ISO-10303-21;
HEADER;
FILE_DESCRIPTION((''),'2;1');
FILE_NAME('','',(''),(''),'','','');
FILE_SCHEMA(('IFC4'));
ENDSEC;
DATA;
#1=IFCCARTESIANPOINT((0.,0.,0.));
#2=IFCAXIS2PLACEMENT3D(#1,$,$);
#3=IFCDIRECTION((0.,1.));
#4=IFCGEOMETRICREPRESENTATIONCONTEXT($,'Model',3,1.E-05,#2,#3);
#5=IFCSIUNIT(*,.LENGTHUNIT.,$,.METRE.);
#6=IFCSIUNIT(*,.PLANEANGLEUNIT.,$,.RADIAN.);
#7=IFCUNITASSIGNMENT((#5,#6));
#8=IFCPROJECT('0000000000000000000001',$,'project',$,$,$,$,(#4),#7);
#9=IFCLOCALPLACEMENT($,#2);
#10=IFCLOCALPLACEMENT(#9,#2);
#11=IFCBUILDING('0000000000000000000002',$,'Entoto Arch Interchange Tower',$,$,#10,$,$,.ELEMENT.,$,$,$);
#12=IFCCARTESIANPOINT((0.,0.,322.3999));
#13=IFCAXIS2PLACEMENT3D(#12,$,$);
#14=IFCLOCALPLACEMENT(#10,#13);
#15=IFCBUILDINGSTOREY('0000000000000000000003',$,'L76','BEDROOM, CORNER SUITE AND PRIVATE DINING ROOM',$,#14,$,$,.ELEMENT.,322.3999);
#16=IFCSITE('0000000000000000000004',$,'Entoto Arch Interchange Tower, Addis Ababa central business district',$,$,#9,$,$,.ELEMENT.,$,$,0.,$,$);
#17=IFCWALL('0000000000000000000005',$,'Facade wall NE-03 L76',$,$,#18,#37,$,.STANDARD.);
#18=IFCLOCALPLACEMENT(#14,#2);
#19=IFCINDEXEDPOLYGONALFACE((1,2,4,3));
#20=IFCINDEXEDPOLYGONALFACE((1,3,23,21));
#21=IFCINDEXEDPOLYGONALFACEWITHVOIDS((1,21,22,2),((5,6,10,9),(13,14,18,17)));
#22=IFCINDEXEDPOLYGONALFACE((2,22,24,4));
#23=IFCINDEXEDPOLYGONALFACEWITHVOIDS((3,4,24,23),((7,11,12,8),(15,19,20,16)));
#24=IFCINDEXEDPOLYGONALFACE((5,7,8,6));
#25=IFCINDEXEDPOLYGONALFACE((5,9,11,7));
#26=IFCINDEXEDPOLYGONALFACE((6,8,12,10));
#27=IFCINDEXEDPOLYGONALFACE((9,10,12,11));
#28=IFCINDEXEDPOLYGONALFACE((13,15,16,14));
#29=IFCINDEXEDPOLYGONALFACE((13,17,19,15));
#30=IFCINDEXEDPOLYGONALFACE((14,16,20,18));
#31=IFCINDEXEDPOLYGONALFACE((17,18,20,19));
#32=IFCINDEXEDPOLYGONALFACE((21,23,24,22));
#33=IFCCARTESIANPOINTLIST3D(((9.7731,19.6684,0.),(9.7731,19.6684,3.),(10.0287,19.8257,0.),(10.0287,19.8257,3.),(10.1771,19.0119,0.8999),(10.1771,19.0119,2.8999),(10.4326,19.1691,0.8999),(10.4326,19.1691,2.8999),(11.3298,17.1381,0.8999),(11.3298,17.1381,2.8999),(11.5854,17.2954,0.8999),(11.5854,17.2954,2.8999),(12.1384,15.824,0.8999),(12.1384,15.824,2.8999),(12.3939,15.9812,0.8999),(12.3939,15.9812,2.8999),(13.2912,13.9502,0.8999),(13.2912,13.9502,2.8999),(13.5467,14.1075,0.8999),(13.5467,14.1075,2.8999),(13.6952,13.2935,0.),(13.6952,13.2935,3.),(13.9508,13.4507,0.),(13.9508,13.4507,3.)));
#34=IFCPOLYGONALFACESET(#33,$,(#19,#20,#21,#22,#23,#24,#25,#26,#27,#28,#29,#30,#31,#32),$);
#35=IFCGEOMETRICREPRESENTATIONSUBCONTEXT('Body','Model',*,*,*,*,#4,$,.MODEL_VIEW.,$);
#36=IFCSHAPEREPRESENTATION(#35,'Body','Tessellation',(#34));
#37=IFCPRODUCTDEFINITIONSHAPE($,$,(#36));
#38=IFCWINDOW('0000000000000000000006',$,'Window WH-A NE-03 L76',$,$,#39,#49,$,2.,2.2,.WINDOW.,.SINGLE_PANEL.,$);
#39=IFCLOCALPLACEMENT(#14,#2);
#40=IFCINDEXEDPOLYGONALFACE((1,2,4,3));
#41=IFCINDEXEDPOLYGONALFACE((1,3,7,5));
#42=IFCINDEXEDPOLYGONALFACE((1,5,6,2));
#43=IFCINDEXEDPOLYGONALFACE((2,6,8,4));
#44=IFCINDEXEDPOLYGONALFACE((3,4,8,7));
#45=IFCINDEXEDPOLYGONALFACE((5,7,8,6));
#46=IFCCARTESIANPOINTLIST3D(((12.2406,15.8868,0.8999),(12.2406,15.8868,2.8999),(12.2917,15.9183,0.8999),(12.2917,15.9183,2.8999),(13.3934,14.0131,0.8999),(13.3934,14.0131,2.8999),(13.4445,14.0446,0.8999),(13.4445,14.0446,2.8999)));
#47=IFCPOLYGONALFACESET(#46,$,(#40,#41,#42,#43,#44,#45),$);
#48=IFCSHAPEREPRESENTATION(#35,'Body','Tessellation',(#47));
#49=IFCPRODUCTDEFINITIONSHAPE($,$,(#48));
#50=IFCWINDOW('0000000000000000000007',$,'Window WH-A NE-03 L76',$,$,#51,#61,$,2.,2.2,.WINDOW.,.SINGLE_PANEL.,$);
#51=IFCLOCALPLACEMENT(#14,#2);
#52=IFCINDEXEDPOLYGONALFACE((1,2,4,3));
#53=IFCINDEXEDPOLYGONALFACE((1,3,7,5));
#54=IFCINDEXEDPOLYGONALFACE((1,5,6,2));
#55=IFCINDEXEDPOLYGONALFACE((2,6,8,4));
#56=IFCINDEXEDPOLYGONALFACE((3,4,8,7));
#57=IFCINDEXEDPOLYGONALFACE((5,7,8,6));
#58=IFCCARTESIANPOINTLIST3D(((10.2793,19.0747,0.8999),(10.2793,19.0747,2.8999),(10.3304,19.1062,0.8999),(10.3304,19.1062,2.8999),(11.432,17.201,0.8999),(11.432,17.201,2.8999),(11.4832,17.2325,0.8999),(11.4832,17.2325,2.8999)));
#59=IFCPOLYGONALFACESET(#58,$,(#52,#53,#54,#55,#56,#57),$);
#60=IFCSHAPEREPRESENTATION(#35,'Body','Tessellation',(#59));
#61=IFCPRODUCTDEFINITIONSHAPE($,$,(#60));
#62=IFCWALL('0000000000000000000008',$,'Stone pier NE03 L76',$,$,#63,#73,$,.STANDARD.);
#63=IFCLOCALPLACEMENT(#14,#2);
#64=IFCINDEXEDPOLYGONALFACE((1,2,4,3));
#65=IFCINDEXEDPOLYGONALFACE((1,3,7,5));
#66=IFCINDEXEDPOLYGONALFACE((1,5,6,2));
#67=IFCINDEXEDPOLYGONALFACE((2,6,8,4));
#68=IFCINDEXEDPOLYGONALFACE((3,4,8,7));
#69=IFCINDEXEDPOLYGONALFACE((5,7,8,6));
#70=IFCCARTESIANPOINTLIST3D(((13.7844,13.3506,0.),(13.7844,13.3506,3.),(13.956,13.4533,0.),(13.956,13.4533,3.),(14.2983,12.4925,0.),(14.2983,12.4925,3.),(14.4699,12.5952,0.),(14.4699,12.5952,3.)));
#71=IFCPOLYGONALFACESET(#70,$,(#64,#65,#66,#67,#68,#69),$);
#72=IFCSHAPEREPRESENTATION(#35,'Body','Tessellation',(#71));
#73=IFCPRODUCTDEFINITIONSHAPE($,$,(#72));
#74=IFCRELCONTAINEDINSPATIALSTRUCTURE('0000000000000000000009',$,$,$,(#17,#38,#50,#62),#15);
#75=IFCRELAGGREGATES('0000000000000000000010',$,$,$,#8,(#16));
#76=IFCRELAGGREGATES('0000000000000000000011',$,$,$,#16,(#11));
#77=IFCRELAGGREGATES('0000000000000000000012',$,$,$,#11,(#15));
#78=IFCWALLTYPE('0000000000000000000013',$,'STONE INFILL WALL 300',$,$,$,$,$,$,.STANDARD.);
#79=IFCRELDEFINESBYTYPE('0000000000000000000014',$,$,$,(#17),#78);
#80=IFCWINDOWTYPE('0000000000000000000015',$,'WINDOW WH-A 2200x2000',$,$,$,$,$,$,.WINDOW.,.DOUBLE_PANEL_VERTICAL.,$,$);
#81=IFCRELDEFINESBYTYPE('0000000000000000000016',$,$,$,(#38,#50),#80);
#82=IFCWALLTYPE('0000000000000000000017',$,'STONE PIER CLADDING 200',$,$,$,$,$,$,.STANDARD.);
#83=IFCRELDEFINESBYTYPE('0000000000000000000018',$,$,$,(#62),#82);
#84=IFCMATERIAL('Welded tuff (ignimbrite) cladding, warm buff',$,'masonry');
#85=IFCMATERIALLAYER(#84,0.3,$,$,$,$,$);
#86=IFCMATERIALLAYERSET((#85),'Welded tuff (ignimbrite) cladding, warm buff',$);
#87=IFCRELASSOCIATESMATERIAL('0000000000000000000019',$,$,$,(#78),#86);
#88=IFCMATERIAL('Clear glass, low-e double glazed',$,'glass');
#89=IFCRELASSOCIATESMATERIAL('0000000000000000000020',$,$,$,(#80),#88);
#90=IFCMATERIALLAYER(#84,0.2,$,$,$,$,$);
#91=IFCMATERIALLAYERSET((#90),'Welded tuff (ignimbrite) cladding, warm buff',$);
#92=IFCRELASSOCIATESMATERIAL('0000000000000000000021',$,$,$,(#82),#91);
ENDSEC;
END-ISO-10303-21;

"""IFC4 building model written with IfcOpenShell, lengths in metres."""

from ifc_helpers import new_model, si_unit, direction, frame, frame_2d, origin, place, context, subcontext, project, spatial, rectangle, extrude, material, layer, layer_set, type_object, element, fill, save


model = new_model("IFC4")

# Units and contexts
model_context = context("Model", 3, precision=1e-05, world=origin(), true_north=direction((0.0, 1.0)))
body_context = subcontext(model_context, "Body", "Model", "MODEL_VIEW")
ifc_project = project(units=[si_unit("LENGTHUNIT", "METRE"), si_unit("PLANEANGLEUNIT", "RADIAN")], contexts=[model_context])

# Site, building, storey
site_placement = place(None, origin())
site = spatial("IfcSite", under=ifc_project, at=site_placement, Name="Entoto Arch Interchange Tower, Addis Ababa central business district", CompositionType="ELEMENT", RefElevation=0.0)
building_placement = place(site_placement, origin())
building = spatial("IfcBuilding", under=site, at=building_placement, Name="Entoto Arch Interchange Tower", CompositionType="ELEMENT")
storey_placement = place(building_placement, frame((0.0, 0.0, 322.3999)))
storey = spatial("IfcBuildingStorey", under=building, at=storey_placement, Name="L76", Description="BEDROOM, CORNER SUITE AND PRIVATE DINING ROOM", CompositionType="ELEMENT", Elevation=322.3999)

# Wall, openings, windows
ifc_material_1 = material(Name="Welded tuff (ignimbrite) cladding, warm buff", Category="masonry")
ifc_layer_1 = layer(ifc_material_1, 0.3)
ifc_layer_set_1 = layer_set([ifc_layer_1], Name="Welded tuff (ignimbrite) cladding, warm buff")
wall_type_1 = type_object("IfcWallType", Name="STONE INFILL WALL 300", PredefinedType="STANDARD", material=ifc_layer_set_1)
wall_1_placement = place(storey_placement, frame((13.823, 13.3721, 0.0), z_axis=(0.0, 0.0, 1.0), x_axis=(-0.524005, 0.851715, 0.0)))
wall_1 = element("IfcWall", 1, at=wall_1_placement, inside=storey, type_object=wall_type_1, Name="Facade wall NE-03 L76", PredefinedType="STANDARD", context=body_context, shape_type="SweptSolid", body=[
    extrude(rectangle(XDim=7.4849, YDim=0.3, at=frame_2d((3.7424, 0.0))), origin(), (0.0, 0.0, 1.0), 3.0),
])
opening_1_placement = place(wall_1_placement, frame((0.771, 0.0, 0.8999)))
opening_1 = element("IfcOpeningElement", 2, at=opening_1_placement, cuts=wall_1, PredefinedType="OPENING", context=body_context, shape_type="SweptSolid", body=[
    extrude(rectangle(XDim=2.2, YDim=2.0, at=frame_2d((1.1001, 1.0))), frame((0.0, 0.1602, 0.0), z_axis=(0.0, -1.0, 0.0), x_axis=(1.0, 0.0, 0.0)), (0.0, 0.0, 1.0), 0.3201),
])
opening_2_placement = place(wall_1_placement, frame((4.5139, 0.0, 0.8999)))
opening_2 = element("IfcOpeningElement", 3, at=opening_2_placement, cuts=wall_1, PredefinedType="OPENING", context=body_context, shape_type="SweptSolid", body=[
    extrude(rectangle(XDim=2.2, YDim=2.0, at=frame_2d((1.1001, 1.0))), frame((0.0, 0.1602, 0.0), z_axis=(0.0, -1.0, 0.0), x_axis=(1.0, 0.0, 0.0)), (0.0, 0.0, 1.0), 0.3201),
])
ifc_material_2 = material(Name="Clear glass, low-e double glazed", Category="glass")
window_type = type_object("IfcWindowType", Name="WINDOW WH-A 2200x2000", PartitioningType="DOUBLE_PANEL_VERTICAL", PredefinedType="WINDOW", material=ifc_material_2)
window_1_placement = place(opening_1_placement, origin())
window_1 = element("IfcWindow", 4, at=window_1_placement, inside=storey, type_object=window_type, Name="Window WH-A NE-03 L76", OverallHeight=2.0, OverallWidth=2.2, PartitioningType="SINGLE_PANEL", PredefinedType="WINDOW", context=body_context, shape_type="SweptSolid", body=[
    extrude(rectangle(XDim=2.2, YDim=2.0, at=frame_2d((1.1001, 1.0))), frame((0.0, 0.03, 0.0), z_axis=(0.0, -1.0, 0.0), x_axis=(1.0, 0.0, 0.0)), (0.0, 0.0, 1.0), 0.0601),
])
fill(opening_1, window_1)
window_2_placement = place(opening_2_placement, origin())
window_2 = element("IfcWindow", 5, at=window_2_placement, inside=storey, type_object=window_type, Name="Window WH-A NE-03 L76", OverallHeight=2.0, OverallWidth=2.2, PartitioningType="SINGLE_PANEL", PredefinedType="WINDOW", context=body_context, shape_type="SweptSolid", body=[
    extrude(rectangle(XDim=2.2, YDim=2.0, at=frame_2d((1.1001, 1.0))), frame((0.0, 0.03, 0.0), z_axis=(0.0, -1.0, 0.0), x_axis=(1.0, 0.0, 0.0)), (0.0, 0.0, 1.0), 0.0601),
])
fill(opening_2, window_2)

# Wall
ifc_layer_2 = layer(ifc_material_1, 0.2)
ifc_layer_set_2 = layer_set([ifc_layer_2], Name="Welded tuff (ignimbrite) cladding, warm buff")
wall_type_2 = type_object("IfcWallType", Name="STONE PIER CLADDING 200", PredefinedType="STANDARD", material=ifc_layer_set_2)
wall_2_placement = place(storey_placement, frame((14.384, 12.5439, 0.0), z_axis=(0.0, 0.0, 1.0), x_axis=(-0.513778, 0.857923, 0.0)))
element("IfcWall", 6, at=wall_2_placement, inside=storey, type_object=wall_type_2, Name="Stone pier NE03 L76", PredefinedType="STANDARD", context=body_context, shape_type="SweptSolid", body=[
    extrude(rectangle(XDim=1.0002, YDim=0.2, at=frame_2d((0.5, 0.0))), origin(), (0.0, 0.0, 1.0), 3.0),
])

save(model, "model.ifc")
